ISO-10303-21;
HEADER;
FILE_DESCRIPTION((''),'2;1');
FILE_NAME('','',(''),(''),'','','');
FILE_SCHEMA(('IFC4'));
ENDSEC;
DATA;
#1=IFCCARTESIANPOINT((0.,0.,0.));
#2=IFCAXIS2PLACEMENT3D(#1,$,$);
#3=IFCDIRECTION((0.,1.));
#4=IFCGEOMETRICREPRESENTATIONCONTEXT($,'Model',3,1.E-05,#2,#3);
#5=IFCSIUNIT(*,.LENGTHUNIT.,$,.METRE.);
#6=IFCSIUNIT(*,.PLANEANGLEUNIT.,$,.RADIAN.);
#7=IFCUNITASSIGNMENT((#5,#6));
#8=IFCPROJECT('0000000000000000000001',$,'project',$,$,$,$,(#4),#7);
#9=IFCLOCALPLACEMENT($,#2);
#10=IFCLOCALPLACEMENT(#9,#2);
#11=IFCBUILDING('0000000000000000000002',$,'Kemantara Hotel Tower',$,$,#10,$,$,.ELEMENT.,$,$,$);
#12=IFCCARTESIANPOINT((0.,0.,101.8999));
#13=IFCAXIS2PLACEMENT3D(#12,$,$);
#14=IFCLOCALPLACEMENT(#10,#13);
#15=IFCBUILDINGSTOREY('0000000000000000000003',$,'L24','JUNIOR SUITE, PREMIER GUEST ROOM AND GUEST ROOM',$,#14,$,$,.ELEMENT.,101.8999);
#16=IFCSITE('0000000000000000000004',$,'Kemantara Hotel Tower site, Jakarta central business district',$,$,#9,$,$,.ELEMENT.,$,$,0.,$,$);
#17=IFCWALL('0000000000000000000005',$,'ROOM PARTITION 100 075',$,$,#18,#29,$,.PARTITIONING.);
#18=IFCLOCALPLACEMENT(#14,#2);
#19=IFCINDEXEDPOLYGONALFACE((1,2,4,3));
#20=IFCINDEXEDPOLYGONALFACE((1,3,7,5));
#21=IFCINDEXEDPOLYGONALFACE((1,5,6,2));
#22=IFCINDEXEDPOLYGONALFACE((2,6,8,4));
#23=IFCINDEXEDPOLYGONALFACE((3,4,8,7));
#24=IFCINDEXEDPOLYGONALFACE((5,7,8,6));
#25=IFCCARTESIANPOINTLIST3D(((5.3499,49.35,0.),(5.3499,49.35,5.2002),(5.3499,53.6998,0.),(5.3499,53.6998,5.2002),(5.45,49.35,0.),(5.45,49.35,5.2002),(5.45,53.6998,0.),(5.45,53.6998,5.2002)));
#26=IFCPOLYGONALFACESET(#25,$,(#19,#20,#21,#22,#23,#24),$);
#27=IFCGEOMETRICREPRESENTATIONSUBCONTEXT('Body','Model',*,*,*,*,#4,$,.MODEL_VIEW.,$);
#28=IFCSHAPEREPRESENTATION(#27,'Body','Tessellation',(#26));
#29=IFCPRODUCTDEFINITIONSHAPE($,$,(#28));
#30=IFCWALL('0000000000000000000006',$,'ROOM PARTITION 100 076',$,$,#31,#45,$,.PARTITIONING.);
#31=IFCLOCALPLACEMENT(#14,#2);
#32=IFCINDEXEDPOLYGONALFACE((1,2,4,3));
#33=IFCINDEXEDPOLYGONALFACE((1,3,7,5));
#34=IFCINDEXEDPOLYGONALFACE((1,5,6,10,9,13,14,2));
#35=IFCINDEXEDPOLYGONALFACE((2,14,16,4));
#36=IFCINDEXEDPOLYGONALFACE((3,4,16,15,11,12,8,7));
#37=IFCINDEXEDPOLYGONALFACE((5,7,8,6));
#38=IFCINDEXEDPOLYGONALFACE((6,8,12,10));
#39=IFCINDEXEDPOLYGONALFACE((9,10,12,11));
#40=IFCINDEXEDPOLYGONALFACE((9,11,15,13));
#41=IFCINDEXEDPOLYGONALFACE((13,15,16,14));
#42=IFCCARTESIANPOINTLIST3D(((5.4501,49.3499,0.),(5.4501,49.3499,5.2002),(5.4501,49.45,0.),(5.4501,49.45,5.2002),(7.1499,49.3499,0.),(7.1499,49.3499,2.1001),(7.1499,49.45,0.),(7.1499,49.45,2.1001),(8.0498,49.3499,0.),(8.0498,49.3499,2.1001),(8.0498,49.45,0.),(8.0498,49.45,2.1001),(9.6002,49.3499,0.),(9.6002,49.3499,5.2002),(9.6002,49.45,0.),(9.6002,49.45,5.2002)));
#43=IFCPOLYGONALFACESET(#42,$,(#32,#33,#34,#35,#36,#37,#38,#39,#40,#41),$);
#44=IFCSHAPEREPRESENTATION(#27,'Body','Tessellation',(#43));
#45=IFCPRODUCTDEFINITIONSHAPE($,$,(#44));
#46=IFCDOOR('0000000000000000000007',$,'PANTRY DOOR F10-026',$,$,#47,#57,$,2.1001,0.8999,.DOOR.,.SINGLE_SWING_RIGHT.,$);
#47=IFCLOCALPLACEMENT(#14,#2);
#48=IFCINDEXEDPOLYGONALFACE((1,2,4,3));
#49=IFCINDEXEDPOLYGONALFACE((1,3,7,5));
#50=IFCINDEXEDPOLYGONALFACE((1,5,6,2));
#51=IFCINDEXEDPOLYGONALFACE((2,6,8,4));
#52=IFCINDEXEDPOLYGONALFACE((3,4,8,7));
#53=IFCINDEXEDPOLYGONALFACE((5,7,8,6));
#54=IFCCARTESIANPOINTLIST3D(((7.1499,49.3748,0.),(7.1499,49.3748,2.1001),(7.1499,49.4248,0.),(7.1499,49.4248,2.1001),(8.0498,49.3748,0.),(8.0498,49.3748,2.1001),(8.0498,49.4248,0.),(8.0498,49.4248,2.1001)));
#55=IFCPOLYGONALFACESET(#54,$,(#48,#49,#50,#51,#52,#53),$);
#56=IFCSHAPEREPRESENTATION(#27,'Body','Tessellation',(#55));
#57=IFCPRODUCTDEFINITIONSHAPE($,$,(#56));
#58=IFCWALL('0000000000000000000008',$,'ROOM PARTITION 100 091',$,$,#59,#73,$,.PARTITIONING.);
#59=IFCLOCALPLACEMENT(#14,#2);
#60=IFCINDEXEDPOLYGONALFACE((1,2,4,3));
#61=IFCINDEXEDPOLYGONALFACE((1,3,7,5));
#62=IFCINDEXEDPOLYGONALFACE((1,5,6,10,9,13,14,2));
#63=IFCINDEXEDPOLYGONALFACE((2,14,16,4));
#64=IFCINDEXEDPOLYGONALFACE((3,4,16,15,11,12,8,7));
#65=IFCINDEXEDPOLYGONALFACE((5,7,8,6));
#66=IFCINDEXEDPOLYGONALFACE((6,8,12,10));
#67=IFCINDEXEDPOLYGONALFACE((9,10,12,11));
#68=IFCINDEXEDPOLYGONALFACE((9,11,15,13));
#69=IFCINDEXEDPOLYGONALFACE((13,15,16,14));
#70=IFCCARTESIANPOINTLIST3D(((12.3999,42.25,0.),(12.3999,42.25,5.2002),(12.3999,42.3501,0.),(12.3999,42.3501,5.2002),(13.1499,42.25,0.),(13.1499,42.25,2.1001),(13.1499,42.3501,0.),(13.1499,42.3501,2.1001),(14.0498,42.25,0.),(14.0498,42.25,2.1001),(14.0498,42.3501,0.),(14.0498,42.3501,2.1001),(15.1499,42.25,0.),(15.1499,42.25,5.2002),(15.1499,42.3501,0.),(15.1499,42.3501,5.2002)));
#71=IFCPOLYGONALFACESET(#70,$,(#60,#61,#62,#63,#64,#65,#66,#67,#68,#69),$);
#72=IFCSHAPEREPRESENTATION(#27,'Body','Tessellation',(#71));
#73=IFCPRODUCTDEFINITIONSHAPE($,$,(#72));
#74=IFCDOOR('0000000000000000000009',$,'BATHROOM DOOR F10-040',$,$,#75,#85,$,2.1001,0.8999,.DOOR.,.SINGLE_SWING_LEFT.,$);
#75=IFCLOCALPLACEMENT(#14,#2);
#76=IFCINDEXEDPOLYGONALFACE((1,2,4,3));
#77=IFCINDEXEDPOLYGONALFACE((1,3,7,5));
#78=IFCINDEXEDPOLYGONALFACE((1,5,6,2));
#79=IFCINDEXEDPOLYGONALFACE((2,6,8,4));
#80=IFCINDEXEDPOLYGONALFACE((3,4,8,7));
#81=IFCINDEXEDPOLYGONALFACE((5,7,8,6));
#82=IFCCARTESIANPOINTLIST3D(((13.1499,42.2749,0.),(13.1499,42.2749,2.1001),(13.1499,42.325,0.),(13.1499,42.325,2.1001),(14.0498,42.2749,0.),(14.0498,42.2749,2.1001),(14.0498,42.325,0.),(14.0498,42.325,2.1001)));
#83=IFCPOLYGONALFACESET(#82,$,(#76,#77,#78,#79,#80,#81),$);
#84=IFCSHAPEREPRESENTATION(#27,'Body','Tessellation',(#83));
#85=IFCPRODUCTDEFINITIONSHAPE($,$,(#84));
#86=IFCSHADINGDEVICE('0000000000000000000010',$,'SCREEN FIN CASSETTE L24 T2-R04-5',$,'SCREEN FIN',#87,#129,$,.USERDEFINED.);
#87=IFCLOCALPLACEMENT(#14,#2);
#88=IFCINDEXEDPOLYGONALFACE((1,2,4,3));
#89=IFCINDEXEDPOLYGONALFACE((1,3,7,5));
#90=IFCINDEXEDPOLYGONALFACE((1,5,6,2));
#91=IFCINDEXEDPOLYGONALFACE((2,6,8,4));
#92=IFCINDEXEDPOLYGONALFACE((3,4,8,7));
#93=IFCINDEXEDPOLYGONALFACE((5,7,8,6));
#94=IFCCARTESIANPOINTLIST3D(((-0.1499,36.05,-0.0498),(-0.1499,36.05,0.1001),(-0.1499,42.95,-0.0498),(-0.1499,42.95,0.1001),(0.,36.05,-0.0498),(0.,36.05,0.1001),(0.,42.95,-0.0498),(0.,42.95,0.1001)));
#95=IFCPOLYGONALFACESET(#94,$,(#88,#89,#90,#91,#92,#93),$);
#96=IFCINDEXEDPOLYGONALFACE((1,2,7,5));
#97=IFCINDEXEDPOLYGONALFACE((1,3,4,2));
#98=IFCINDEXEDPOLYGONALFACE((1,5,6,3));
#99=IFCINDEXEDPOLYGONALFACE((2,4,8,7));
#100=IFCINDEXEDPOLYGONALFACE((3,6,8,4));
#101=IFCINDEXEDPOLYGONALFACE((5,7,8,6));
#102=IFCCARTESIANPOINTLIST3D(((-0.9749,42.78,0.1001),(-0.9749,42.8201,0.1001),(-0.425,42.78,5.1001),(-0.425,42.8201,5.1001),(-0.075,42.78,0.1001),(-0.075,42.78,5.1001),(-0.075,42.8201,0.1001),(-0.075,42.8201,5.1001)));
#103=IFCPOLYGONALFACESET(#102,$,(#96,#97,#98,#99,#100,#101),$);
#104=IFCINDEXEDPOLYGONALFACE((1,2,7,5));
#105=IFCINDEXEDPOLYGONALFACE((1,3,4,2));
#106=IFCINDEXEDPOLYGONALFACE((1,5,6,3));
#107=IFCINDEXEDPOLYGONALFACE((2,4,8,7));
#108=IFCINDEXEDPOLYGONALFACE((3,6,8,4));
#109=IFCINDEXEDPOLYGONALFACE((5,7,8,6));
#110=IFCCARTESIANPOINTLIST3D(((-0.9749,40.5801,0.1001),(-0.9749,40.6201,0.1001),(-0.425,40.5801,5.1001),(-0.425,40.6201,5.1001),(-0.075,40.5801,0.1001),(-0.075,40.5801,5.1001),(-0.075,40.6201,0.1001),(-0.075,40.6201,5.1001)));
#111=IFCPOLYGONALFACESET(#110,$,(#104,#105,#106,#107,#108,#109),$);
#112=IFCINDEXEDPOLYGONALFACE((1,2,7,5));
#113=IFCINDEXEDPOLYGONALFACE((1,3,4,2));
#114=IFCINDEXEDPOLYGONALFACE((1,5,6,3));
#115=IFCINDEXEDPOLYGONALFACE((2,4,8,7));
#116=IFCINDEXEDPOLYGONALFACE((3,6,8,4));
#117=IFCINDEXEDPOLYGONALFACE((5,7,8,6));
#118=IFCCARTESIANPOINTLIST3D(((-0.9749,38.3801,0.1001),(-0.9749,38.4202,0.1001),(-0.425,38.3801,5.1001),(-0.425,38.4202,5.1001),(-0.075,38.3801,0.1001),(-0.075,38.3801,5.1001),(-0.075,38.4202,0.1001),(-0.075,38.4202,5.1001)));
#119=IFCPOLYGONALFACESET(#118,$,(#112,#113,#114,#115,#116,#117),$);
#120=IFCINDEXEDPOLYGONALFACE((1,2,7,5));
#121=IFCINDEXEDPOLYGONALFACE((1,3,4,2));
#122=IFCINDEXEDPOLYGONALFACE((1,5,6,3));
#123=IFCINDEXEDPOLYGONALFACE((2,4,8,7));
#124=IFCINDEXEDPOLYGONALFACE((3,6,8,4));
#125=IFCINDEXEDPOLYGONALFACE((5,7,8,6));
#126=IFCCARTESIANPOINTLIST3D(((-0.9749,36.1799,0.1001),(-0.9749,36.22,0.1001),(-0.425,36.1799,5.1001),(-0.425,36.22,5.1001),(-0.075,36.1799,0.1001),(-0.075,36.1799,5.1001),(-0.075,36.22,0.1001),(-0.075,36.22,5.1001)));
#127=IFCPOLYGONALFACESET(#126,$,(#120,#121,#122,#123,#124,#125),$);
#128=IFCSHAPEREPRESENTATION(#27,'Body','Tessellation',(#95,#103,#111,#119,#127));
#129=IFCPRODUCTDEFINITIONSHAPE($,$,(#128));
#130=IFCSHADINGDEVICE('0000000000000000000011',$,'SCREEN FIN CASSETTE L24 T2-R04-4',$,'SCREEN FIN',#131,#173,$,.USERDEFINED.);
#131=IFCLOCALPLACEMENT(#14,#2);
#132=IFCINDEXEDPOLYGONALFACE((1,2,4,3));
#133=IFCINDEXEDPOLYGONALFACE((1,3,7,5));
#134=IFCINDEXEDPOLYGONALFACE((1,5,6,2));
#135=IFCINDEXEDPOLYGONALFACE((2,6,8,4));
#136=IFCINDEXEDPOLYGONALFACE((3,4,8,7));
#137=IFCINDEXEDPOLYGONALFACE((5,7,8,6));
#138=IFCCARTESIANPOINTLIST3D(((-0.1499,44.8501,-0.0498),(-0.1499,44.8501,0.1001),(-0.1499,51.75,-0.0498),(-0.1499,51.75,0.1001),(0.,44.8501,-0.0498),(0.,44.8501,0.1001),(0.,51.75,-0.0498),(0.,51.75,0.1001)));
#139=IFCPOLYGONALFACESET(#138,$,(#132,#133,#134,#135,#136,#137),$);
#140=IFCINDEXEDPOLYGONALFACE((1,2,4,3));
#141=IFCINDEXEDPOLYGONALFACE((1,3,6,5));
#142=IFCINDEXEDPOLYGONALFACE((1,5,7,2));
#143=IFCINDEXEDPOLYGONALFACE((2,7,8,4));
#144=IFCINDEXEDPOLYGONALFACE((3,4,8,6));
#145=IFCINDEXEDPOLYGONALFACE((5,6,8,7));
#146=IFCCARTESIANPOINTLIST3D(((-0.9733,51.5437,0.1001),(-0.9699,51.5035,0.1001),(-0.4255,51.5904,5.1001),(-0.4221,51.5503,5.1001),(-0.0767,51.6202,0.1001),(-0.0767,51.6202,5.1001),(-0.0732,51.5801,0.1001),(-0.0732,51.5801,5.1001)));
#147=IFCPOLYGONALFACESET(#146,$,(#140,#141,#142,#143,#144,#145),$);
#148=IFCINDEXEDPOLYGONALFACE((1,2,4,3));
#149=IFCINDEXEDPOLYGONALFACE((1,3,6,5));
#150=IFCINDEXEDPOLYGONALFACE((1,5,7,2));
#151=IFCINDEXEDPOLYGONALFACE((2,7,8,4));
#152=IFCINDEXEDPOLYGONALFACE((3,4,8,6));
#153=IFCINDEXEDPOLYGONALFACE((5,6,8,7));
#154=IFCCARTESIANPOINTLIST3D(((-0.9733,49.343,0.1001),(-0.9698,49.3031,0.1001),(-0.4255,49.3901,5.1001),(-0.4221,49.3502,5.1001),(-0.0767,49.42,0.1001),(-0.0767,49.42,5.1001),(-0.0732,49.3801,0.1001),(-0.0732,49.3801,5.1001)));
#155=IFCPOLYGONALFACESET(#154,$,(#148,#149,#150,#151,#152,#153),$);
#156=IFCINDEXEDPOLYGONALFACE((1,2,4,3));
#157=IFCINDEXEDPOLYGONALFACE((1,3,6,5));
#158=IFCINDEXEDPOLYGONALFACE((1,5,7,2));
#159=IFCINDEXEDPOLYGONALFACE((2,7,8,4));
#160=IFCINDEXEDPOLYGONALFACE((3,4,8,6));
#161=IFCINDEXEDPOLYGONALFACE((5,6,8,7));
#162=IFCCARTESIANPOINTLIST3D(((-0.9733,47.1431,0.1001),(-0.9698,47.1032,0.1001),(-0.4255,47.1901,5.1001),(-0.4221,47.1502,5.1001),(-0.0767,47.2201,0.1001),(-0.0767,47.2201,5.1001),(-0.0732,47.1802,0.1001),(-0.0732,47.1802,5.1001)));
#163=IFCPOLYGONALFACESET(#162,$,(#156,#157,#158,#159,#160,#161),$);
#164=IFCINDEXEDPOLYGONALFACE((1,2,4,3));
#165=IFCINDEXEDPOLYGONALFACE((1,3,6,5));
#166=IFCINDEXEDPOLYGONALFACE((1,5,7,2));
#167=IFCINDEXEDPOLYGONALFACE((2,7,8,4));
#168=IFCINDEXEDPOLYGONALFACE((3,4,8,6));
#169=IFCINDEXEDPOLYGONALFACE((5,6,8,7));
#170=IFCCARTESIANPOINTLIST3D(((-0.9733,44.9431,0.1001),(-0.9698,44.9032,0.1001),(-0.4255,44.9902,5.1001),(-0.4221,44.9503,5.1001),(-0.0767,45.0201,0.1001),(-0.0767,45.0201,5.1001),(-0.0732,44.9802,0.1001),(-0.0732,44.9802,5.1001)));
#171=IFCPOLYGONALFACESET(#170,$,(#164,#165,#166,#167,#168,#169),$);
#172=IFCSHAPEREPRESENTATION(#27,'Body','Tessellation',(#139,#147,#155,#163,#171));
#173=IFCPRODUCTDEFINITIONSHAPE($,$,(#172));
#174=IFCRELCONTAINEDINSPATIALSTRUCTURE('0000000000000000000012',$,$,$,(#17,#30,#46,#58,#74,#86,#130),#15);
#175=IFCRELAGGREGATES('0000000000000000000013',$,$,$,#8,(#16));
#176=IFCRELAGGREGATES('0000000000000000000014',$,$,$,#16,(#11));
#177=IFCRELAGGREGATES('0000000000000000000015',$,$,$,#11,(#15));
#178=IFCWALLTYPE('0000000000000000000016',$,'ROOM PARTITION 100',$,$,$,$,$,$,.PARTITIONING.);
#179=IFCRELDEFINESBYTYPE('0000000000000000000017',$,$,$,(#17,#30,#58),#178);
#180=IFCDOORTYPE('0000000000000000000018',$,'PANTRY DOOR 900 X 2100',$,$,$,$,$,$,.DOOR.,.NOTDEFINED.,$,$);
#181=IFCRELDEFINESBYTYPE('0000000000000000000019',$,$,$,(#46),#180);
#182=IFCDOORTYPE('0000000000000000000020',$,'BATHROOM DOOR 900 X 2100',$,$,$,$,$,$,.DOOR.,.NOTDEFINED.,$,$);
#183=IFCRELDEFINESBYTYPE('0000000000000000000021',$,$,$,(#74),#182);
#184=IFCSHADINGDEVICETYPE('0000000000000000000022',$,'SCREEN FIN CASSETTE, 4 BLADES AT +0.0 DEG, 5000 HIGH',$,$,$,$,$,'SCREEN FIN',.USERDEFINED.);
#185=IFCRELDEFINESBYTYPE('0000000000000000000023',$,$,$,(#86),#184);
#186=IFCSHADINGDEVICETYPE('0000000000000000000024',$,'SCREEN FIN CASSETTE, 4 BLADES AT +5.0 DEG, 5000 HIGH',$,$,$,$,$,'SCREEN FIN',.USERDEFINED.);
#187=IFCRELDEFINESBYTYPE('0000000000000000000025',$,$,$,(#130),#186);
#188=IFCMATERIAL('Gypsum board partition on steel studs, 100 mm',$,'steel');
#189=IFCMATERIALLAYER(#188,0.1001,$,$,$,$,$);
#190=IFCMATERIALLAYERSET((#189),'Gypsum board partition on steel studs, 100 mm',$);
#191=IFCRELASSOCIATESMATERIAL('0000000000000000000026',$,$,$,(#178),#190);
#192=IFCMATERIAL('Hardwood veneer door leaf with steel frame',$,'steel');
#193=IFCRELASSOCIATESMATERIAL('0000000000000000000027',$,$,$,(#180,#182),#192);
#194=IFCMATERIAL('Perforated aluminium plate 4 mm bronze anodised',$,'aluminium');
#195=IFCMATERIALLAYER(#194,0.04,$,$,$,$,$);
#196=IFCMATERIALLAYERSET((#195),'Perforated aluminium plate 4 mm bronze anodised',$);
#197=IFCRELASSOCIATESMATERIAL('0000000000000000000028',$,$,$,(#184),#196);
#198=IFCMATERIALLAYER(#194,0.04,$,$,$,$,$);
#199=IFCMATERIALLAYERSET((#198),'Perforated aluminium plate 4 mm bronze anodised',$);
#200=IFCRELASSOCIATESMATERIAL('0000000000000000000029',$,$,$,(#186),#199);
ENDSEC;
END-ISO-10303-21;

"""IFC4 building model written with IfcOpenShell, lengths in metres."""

from ifc_helpers import new_model, si_unit, direction, frame, frame_2d, origin, origin_2d, place, context, subcontext, project, spatial, polyline, rectangle, outline, extrude, source, transform, mapped, material, layer, layer_set, type_object, element, fill, save


model = new_model("IFC4")

# Units and contexts
model_context = context("Model", 3, precision=1e-05, world=origin(), true_north=direction((0.0, 1.0)))
body_context = subcontext(model_context, "Body", "Model", "MODEL_VIEW")
ifc_project = project(units=[si_unit("LENGTHUNIT", "METRE"), si_unit("PLANEANGLEUNIT", "RADIAN")], contexts=[model_context])

# Site, building, storey
site_placement = place(None, origin())
site = spatial("IfcSite", under=ifc_project, at=site_placement, Name="Kemantara Hotel Tower site, Jakarta central business district", CompositionType="ELEMENT", RefElevation=0.0)
building_placement = place(site_placement, origin())
building = spatial("IfcBuilding", under=site, at=building_placement, Name="Kemantara Hotel Tower", CompositionType="ELEMENT")
storey_placement = place(building_placement, frame((0.0, 0.0, 101.8999)))
storey = spatial("IfcBuildingStorey", under=building, at=storey_placement, Name="L24", Description="JUNIOR SUITE, PREMIER GUEST ROOM AND GUEST ROOM", CompositionType="ELEMENT", Elevation=101.8999)

# Shared definitions
ifc_material_1 = material(Name="Hardwood veneer door leaf with steel frame", Category="steel")

# Wall
ifc_material_2 = material(Name="Gypsum board partition on steel studs, 100 mm", Category="steel")
ifc_layer_1 = layer(ifc_material_2, 0.1001)
ifc_layer_set_1 = layer_set([ifc_layer_1], Name="Gypsum board partition on steel studs, 100 mm")
wall_type_1 = type_object("IfcWallType", Name="ROOM PARTITION 100", PredefinedType="PARTITIONING", material=ifc_layer_set_1)
wall_1_placement = place(storey_placement, frame((5.3999, 49.3501, 0.0), z_axis=(0.0, 0.0, 1.0), x_axis=(0.0, 1.0, 0.0)))
element("IfcWall", 1, at=wall_1_placement, inside=storey, type_object=wall_type_1, Name="ROOM PARTITION 100 075", PredefinedType="PARTITIONING", context=body_context, shape_type="SweptSolid", body=[
    extrude(rectangle(XDim=4.3499, YDim=0.1001, at=frame_2d((2.1748, 0.0))), origin(), (0.0, 0.0, 1.0), 5.2002),
])

# Walls, openings, doors
wall_2_placement = place(storey_placement, frame((5.45, 49.3999, 0.0), z_axis=(0.0, 0.0, 1.0), x_axis=(1.0, 0.0, 0.0)))
wall_2 = element("IfcWall", 2, at=wall_2_placement, inside=storey, type_object=wall_type_1, Name="ROOM PARTITION 100 076", PredefinedType="PARTITIONING", context=body_context, shape_type="SweptSolid", body=[
    extrude(rectangle(XDim=4.1501, YDim=0.1001, at=frame_2d((2.0752, 0.0))), origin(), (0.0, 0.0, 1.0), 5.2002),
])
opening_1_placement = place(wall_2_placement, frame((1.7, 0.0, 0.0)))
opening_1 = element("IfcOpeningElement", 3, at=opening_1_placement, cuts=wall_2, PredefinedType="OPENING", context=body_context, shape_type="SweptSolid", body=[
    extrude(rectangle(XDim=0.8999, YDim=2.1001, at=frame_2d((0.45, 1.05))), frame((0.0, 0.0601, 0.0), z_axis=(0.0, -1.0, 0.0), x_axis=(1.0, 0.0, 0.0)), (0.0, 0.0, 1.0), 0.1201),
])
door_type_1 = type_object("IfcDoorType", Name="PANTRY DOOR 900 X 2100", OperationType="NOTDEFINED", PredefinedType="DOOR", material=ifc_material_1)
door_1_placement = place(opening_1_placement, origin())
door_1 = element("IfcDoor", 4, at=door_1_placement, inside=storey, type_object=door_type_1, Name="PANTRY DOOR F10-026", OperationType="SINGLE_SWING_RIGHT", OverallHeight=2.1001, OverallWidth=0.8999, PredefinedType="DOOR", context=body_context, shape_type="SweptSolid", body=[
    extrude(rectangle(XDim=0.8999, YDim=2.1001, at=frame_2d((0.45, 1.05))), frame((0.0, 0.0249, 0.0), z_axis=(0.0, -1.0, 0.0), x_axis=(1.0, 0.0, 0.0)), (0.0, 0.0, 1.0), 0.05),
])
fill(opening_1, door_1)
wall_3_placement = place(storey_placement, frame((12.3999, 42.3, 0.0), z_axis=(0.0, 0.0, 1.0), x_axis=(1.0, 0.0, 0.0)))
wall_3 = element("IfcWall", 5, at=wall_3_placement, inside=storey, type_object=wall_type_1, Name="ROOM PARTITION 100 091", PredefinedType="PARTITIONING", context=body_context, shape_type="SweptSolid", body=[
    extrude(rectangle(XDim=2.75, YDim=0.1001, at=frame_2d((1.375, 0.0))), origin(), (0.0, 0.0, 1.0), 5.2002),
])
opening_2_placement = place(wall_3_placement, frame((0.75, 0.0, 0.0)))
opening_2 = element("IfcOpeningElement", 6, at=opening_2_placement, cuts=wall_3, PredefinedType="OPENING", context=body_context, shape_type="SweptSolid", body=[
    extrude(rectangle(XDim=0.8999, YDim=2.1001, at=frame_2d((0.45, 1.05))), frame((0.0, 0.0601, 0.0), z_axis=(0.0, -1.0, 0.0), x_axis=(1.0, 0.0, 0.0)), (0.0, 0.0, 1.0), 0.1201),
])
door_type_2 = type_object("IfcDoorType", Name="BATHROOM DOOR 900 X 2100", OperationType="NOTDEFINED", PredefinedType="DOOR", material=ifc_material_1)
door_2_placement = place(opening_2_placement, origin())
door_2 = element("IfcDoor", 7, at=door_2_placement, inside=storey, type_object=door_type_2, Name="BATHROOM DOOR F10-040", OperationType="SINGLE_SWING_LEFT", OverallHeight=2.1001, OverallWidth=0.8999, PredefinedType="DOOR", context=body_context, shape_type="SweptSolid", body=[
    extrude(rectangle(XDim=0.8999, YDim=2.1001, at=frame_2d((0.45, 1.05))), frame((0.0, 0.0249, 0.0), z_axis=(0.0, -1.0, 0.0), x_axis=(1.0, 0.0, 0.0)), (0.0, 0.0, 1.0), 0.05),
])
fill(opening_2, door_2)

# Shading devices
ifc_material_3 = material(Name="Perforated aluminium plate 4 mm bronze anodised", Category="aluminium")
ifc_layer_2 = layer(ifc_material_3, 0.04)
ifc_layer_set_2 = layer_set([ifc_layer_2], Name="Perforated aluminium plate 4 mm bronze anodised")
shading_device_type_1 = type_object("IfcShadingDeviceType", Name="SCREEN FIN CASSETTE, 4 BLADES AT +0.0 DEG, 5000 HIGH", ElementType="SCREEN FIN", PredefinedType="USERDEFINED", material=ifc_layer_set_2)
shared_shape_1 = source(origin(), body_context, "Body", "SweptSolid", [
    extrude(rectangle(XDim=6.8999, YDim=0.1499, at=origin_2d()), frame((3.3, -0.075, -0.1499), z_axis=(0.0, 0.0, 1.0), x_axis=(1.0, 0.0, 0.0)), (0.0, 0.0, 1.0), 0.1499),
    extrude(outline(polyline([(0.0, 0.0), (0.8999, 0.0), (0.3501, 5.0), (0.0, 5.0), (0.0, 0.0)])), frame((0.02, -0.075, 0.0), z_axis=(-1.0, 0.0, 0.0), x_axis=(0.0, -1.0, 0.0)), (0.0, 0.0, 1.0), 0.04),
    extrude(outline(polyline([(0.0, 0.0), (0.8999, 0.0), (0.3501, 5.0), (0.0, 5.0), (0.0, 0.0)])), frame((2.22, -0.075, 0.0), z_axis=(-1.0, 0.0, 0.0), x_axis=(0.0, -1.0, 0.0)), (0.0, 0.0, 1.0), 0.04),
    extrude(outline(polyline([(0.0, 0.0), (0.8999, 0.0), (0.3501, 5.0), (0.0, 5.0), (0.0, 0.0)])), frame((4.4199, -0.075, 0.0), z_axis=(-1.0, 0.0, 0.0), x_axis=(0.0, -1.0, 0.0)), (0.0, 0.0, 1.0), 0.04),
    extrude(outline(polyline([(0.0, 0.0), (0.8999, 0.0), (0.3501, 5.0), (0.0, 5.0), (0.0, 0.0)])), frame((6.6201, -0.075, 0.0), z_axis=(-1.0, 0.0, 0.0), x_axis=(0.0, -1.0, 0.0)), (0.0, 0.0, 1.0), 0.04),
])
shading_device_1_placement = place(storey_placement, frame((0.0, 42.8, 0.1001), z_axis=(0.0, 0.0, 1.0), x_axis=(0.0, -1.0, 0.0)))
element("IfcShadingDevice", 8, at=shading_device_1_placement, inside=storey, type_object=shading_device_type_1, Name="SCREEN FIN CASSETTE L24 T2-R04-5", ObjectType="SCREEN FIN", PredefinedType="USERDEFINED", context=body_context, shape_type="MappedRepresentation", body=[
    mapped(shared_shape_1, transform((0.0, 0.0, 0.0))),
])
ifc_layer_3 = layer(ifc_material_3, 0.04)
ifc_layer_set_3 = layer_set([ifc_layer_3], Name="Perforated aluminium plate 4 mm bronze anodised")
shading_device_type_2 = type_object("IfcShadingDeviceType", Name="SCREEN FIN CASSETTE, 4 BLADES AT +5.0 DEG, 5000 HIGH", ElementType="SCREEN FIN", PredefinedType="USERDEFINED", material=ifc_layer_set_3)
shared_shape_2 = source(origin(), body_context, "Body", "SweptSolid", [
    extrude(rectangle(XDim=6.8999, YDim=0.1499, at=origin_2d()), frame((3.3, -0.075, -0.1499), z_axis=(0.0, 0.0, 1.0), x_axis=(1.0, 0.0, 0.0)), (0.0, 0.0, 1.0), 0.1499),
    extrude(outline(polyline([(0.0, 0.0), (0.8999, 0.0), (0.3501, 5.0), (0.0, 5.0), (0.0, 0.0)])), frame((0.02, -0.0732, 0.0), z_axis=(-0.996376, -0.085056, 0.0), x_axis=(0.085056, -0.996376, 0.0)), (0.0, 0.0, 1.0), 0.0403),
    extrude(outline(polyline([(0.0, 0.0), (0.8999, 0.0), (0.3501, 5.0), (0.0, 5.0), (0.0, 0.0)])), frame((2.22, -0.0732, 0.0), z_axis=(-0.996332, -0.085575, 0.0), x_axis=(0.085575, -0.996332, 0.0)), (0.0, 0.0, 1.0), 0.04),
    extrude(outline(polyline([(0.0, 0.0), (0.8999, 0.0), (0.3501, 5.0), (0.0, 5.0), (0.0, 0.0)])), frame((4.4199, -0.0732, 0.0), z_axis=(-0.996332, -0.085575, 0.0), x_axis=(0.085575, -0.996332, 0.0)), (0.0, 0.0, 1.0), 0.04),
    extrude(outline(polyline([(0.0, 0.0), (0.8999, 0.0), (0.3501, 5.0), (0.0, 5.0), (0.0, 0.0)])), frame((6.6199, -0.0732, 0.0), z_axis=(-0.996332, -0.085575, 0.0), x_axis=(0.085575, -0.996332, 0.0)), (0.0, 0.0, 1.0), 0.04),
])
shading_device_2_placement = place(storey_placement, frame((0.0, 51.6001, 0.1001), z_axis=(0.0, 0.0, 1.0), x_axis=(0.0, -1.0, 0.0)))
element("IfcShadingDevice", 9, at=shading_device_2_placement, inside=storey, type_object=shading_device_type_2, Name="SCREEN FIN CASSETTE L24 T2-R04-4", ObjectType="SCREEN FIN", PredefinedType="USERDEFINED", context=body_context, shape_type="MappedRepresentation", body=[
    mapped(shared_shape_2, transform((0.0, 0.0, 0.0))),
])

save(model, "model.ifc")
